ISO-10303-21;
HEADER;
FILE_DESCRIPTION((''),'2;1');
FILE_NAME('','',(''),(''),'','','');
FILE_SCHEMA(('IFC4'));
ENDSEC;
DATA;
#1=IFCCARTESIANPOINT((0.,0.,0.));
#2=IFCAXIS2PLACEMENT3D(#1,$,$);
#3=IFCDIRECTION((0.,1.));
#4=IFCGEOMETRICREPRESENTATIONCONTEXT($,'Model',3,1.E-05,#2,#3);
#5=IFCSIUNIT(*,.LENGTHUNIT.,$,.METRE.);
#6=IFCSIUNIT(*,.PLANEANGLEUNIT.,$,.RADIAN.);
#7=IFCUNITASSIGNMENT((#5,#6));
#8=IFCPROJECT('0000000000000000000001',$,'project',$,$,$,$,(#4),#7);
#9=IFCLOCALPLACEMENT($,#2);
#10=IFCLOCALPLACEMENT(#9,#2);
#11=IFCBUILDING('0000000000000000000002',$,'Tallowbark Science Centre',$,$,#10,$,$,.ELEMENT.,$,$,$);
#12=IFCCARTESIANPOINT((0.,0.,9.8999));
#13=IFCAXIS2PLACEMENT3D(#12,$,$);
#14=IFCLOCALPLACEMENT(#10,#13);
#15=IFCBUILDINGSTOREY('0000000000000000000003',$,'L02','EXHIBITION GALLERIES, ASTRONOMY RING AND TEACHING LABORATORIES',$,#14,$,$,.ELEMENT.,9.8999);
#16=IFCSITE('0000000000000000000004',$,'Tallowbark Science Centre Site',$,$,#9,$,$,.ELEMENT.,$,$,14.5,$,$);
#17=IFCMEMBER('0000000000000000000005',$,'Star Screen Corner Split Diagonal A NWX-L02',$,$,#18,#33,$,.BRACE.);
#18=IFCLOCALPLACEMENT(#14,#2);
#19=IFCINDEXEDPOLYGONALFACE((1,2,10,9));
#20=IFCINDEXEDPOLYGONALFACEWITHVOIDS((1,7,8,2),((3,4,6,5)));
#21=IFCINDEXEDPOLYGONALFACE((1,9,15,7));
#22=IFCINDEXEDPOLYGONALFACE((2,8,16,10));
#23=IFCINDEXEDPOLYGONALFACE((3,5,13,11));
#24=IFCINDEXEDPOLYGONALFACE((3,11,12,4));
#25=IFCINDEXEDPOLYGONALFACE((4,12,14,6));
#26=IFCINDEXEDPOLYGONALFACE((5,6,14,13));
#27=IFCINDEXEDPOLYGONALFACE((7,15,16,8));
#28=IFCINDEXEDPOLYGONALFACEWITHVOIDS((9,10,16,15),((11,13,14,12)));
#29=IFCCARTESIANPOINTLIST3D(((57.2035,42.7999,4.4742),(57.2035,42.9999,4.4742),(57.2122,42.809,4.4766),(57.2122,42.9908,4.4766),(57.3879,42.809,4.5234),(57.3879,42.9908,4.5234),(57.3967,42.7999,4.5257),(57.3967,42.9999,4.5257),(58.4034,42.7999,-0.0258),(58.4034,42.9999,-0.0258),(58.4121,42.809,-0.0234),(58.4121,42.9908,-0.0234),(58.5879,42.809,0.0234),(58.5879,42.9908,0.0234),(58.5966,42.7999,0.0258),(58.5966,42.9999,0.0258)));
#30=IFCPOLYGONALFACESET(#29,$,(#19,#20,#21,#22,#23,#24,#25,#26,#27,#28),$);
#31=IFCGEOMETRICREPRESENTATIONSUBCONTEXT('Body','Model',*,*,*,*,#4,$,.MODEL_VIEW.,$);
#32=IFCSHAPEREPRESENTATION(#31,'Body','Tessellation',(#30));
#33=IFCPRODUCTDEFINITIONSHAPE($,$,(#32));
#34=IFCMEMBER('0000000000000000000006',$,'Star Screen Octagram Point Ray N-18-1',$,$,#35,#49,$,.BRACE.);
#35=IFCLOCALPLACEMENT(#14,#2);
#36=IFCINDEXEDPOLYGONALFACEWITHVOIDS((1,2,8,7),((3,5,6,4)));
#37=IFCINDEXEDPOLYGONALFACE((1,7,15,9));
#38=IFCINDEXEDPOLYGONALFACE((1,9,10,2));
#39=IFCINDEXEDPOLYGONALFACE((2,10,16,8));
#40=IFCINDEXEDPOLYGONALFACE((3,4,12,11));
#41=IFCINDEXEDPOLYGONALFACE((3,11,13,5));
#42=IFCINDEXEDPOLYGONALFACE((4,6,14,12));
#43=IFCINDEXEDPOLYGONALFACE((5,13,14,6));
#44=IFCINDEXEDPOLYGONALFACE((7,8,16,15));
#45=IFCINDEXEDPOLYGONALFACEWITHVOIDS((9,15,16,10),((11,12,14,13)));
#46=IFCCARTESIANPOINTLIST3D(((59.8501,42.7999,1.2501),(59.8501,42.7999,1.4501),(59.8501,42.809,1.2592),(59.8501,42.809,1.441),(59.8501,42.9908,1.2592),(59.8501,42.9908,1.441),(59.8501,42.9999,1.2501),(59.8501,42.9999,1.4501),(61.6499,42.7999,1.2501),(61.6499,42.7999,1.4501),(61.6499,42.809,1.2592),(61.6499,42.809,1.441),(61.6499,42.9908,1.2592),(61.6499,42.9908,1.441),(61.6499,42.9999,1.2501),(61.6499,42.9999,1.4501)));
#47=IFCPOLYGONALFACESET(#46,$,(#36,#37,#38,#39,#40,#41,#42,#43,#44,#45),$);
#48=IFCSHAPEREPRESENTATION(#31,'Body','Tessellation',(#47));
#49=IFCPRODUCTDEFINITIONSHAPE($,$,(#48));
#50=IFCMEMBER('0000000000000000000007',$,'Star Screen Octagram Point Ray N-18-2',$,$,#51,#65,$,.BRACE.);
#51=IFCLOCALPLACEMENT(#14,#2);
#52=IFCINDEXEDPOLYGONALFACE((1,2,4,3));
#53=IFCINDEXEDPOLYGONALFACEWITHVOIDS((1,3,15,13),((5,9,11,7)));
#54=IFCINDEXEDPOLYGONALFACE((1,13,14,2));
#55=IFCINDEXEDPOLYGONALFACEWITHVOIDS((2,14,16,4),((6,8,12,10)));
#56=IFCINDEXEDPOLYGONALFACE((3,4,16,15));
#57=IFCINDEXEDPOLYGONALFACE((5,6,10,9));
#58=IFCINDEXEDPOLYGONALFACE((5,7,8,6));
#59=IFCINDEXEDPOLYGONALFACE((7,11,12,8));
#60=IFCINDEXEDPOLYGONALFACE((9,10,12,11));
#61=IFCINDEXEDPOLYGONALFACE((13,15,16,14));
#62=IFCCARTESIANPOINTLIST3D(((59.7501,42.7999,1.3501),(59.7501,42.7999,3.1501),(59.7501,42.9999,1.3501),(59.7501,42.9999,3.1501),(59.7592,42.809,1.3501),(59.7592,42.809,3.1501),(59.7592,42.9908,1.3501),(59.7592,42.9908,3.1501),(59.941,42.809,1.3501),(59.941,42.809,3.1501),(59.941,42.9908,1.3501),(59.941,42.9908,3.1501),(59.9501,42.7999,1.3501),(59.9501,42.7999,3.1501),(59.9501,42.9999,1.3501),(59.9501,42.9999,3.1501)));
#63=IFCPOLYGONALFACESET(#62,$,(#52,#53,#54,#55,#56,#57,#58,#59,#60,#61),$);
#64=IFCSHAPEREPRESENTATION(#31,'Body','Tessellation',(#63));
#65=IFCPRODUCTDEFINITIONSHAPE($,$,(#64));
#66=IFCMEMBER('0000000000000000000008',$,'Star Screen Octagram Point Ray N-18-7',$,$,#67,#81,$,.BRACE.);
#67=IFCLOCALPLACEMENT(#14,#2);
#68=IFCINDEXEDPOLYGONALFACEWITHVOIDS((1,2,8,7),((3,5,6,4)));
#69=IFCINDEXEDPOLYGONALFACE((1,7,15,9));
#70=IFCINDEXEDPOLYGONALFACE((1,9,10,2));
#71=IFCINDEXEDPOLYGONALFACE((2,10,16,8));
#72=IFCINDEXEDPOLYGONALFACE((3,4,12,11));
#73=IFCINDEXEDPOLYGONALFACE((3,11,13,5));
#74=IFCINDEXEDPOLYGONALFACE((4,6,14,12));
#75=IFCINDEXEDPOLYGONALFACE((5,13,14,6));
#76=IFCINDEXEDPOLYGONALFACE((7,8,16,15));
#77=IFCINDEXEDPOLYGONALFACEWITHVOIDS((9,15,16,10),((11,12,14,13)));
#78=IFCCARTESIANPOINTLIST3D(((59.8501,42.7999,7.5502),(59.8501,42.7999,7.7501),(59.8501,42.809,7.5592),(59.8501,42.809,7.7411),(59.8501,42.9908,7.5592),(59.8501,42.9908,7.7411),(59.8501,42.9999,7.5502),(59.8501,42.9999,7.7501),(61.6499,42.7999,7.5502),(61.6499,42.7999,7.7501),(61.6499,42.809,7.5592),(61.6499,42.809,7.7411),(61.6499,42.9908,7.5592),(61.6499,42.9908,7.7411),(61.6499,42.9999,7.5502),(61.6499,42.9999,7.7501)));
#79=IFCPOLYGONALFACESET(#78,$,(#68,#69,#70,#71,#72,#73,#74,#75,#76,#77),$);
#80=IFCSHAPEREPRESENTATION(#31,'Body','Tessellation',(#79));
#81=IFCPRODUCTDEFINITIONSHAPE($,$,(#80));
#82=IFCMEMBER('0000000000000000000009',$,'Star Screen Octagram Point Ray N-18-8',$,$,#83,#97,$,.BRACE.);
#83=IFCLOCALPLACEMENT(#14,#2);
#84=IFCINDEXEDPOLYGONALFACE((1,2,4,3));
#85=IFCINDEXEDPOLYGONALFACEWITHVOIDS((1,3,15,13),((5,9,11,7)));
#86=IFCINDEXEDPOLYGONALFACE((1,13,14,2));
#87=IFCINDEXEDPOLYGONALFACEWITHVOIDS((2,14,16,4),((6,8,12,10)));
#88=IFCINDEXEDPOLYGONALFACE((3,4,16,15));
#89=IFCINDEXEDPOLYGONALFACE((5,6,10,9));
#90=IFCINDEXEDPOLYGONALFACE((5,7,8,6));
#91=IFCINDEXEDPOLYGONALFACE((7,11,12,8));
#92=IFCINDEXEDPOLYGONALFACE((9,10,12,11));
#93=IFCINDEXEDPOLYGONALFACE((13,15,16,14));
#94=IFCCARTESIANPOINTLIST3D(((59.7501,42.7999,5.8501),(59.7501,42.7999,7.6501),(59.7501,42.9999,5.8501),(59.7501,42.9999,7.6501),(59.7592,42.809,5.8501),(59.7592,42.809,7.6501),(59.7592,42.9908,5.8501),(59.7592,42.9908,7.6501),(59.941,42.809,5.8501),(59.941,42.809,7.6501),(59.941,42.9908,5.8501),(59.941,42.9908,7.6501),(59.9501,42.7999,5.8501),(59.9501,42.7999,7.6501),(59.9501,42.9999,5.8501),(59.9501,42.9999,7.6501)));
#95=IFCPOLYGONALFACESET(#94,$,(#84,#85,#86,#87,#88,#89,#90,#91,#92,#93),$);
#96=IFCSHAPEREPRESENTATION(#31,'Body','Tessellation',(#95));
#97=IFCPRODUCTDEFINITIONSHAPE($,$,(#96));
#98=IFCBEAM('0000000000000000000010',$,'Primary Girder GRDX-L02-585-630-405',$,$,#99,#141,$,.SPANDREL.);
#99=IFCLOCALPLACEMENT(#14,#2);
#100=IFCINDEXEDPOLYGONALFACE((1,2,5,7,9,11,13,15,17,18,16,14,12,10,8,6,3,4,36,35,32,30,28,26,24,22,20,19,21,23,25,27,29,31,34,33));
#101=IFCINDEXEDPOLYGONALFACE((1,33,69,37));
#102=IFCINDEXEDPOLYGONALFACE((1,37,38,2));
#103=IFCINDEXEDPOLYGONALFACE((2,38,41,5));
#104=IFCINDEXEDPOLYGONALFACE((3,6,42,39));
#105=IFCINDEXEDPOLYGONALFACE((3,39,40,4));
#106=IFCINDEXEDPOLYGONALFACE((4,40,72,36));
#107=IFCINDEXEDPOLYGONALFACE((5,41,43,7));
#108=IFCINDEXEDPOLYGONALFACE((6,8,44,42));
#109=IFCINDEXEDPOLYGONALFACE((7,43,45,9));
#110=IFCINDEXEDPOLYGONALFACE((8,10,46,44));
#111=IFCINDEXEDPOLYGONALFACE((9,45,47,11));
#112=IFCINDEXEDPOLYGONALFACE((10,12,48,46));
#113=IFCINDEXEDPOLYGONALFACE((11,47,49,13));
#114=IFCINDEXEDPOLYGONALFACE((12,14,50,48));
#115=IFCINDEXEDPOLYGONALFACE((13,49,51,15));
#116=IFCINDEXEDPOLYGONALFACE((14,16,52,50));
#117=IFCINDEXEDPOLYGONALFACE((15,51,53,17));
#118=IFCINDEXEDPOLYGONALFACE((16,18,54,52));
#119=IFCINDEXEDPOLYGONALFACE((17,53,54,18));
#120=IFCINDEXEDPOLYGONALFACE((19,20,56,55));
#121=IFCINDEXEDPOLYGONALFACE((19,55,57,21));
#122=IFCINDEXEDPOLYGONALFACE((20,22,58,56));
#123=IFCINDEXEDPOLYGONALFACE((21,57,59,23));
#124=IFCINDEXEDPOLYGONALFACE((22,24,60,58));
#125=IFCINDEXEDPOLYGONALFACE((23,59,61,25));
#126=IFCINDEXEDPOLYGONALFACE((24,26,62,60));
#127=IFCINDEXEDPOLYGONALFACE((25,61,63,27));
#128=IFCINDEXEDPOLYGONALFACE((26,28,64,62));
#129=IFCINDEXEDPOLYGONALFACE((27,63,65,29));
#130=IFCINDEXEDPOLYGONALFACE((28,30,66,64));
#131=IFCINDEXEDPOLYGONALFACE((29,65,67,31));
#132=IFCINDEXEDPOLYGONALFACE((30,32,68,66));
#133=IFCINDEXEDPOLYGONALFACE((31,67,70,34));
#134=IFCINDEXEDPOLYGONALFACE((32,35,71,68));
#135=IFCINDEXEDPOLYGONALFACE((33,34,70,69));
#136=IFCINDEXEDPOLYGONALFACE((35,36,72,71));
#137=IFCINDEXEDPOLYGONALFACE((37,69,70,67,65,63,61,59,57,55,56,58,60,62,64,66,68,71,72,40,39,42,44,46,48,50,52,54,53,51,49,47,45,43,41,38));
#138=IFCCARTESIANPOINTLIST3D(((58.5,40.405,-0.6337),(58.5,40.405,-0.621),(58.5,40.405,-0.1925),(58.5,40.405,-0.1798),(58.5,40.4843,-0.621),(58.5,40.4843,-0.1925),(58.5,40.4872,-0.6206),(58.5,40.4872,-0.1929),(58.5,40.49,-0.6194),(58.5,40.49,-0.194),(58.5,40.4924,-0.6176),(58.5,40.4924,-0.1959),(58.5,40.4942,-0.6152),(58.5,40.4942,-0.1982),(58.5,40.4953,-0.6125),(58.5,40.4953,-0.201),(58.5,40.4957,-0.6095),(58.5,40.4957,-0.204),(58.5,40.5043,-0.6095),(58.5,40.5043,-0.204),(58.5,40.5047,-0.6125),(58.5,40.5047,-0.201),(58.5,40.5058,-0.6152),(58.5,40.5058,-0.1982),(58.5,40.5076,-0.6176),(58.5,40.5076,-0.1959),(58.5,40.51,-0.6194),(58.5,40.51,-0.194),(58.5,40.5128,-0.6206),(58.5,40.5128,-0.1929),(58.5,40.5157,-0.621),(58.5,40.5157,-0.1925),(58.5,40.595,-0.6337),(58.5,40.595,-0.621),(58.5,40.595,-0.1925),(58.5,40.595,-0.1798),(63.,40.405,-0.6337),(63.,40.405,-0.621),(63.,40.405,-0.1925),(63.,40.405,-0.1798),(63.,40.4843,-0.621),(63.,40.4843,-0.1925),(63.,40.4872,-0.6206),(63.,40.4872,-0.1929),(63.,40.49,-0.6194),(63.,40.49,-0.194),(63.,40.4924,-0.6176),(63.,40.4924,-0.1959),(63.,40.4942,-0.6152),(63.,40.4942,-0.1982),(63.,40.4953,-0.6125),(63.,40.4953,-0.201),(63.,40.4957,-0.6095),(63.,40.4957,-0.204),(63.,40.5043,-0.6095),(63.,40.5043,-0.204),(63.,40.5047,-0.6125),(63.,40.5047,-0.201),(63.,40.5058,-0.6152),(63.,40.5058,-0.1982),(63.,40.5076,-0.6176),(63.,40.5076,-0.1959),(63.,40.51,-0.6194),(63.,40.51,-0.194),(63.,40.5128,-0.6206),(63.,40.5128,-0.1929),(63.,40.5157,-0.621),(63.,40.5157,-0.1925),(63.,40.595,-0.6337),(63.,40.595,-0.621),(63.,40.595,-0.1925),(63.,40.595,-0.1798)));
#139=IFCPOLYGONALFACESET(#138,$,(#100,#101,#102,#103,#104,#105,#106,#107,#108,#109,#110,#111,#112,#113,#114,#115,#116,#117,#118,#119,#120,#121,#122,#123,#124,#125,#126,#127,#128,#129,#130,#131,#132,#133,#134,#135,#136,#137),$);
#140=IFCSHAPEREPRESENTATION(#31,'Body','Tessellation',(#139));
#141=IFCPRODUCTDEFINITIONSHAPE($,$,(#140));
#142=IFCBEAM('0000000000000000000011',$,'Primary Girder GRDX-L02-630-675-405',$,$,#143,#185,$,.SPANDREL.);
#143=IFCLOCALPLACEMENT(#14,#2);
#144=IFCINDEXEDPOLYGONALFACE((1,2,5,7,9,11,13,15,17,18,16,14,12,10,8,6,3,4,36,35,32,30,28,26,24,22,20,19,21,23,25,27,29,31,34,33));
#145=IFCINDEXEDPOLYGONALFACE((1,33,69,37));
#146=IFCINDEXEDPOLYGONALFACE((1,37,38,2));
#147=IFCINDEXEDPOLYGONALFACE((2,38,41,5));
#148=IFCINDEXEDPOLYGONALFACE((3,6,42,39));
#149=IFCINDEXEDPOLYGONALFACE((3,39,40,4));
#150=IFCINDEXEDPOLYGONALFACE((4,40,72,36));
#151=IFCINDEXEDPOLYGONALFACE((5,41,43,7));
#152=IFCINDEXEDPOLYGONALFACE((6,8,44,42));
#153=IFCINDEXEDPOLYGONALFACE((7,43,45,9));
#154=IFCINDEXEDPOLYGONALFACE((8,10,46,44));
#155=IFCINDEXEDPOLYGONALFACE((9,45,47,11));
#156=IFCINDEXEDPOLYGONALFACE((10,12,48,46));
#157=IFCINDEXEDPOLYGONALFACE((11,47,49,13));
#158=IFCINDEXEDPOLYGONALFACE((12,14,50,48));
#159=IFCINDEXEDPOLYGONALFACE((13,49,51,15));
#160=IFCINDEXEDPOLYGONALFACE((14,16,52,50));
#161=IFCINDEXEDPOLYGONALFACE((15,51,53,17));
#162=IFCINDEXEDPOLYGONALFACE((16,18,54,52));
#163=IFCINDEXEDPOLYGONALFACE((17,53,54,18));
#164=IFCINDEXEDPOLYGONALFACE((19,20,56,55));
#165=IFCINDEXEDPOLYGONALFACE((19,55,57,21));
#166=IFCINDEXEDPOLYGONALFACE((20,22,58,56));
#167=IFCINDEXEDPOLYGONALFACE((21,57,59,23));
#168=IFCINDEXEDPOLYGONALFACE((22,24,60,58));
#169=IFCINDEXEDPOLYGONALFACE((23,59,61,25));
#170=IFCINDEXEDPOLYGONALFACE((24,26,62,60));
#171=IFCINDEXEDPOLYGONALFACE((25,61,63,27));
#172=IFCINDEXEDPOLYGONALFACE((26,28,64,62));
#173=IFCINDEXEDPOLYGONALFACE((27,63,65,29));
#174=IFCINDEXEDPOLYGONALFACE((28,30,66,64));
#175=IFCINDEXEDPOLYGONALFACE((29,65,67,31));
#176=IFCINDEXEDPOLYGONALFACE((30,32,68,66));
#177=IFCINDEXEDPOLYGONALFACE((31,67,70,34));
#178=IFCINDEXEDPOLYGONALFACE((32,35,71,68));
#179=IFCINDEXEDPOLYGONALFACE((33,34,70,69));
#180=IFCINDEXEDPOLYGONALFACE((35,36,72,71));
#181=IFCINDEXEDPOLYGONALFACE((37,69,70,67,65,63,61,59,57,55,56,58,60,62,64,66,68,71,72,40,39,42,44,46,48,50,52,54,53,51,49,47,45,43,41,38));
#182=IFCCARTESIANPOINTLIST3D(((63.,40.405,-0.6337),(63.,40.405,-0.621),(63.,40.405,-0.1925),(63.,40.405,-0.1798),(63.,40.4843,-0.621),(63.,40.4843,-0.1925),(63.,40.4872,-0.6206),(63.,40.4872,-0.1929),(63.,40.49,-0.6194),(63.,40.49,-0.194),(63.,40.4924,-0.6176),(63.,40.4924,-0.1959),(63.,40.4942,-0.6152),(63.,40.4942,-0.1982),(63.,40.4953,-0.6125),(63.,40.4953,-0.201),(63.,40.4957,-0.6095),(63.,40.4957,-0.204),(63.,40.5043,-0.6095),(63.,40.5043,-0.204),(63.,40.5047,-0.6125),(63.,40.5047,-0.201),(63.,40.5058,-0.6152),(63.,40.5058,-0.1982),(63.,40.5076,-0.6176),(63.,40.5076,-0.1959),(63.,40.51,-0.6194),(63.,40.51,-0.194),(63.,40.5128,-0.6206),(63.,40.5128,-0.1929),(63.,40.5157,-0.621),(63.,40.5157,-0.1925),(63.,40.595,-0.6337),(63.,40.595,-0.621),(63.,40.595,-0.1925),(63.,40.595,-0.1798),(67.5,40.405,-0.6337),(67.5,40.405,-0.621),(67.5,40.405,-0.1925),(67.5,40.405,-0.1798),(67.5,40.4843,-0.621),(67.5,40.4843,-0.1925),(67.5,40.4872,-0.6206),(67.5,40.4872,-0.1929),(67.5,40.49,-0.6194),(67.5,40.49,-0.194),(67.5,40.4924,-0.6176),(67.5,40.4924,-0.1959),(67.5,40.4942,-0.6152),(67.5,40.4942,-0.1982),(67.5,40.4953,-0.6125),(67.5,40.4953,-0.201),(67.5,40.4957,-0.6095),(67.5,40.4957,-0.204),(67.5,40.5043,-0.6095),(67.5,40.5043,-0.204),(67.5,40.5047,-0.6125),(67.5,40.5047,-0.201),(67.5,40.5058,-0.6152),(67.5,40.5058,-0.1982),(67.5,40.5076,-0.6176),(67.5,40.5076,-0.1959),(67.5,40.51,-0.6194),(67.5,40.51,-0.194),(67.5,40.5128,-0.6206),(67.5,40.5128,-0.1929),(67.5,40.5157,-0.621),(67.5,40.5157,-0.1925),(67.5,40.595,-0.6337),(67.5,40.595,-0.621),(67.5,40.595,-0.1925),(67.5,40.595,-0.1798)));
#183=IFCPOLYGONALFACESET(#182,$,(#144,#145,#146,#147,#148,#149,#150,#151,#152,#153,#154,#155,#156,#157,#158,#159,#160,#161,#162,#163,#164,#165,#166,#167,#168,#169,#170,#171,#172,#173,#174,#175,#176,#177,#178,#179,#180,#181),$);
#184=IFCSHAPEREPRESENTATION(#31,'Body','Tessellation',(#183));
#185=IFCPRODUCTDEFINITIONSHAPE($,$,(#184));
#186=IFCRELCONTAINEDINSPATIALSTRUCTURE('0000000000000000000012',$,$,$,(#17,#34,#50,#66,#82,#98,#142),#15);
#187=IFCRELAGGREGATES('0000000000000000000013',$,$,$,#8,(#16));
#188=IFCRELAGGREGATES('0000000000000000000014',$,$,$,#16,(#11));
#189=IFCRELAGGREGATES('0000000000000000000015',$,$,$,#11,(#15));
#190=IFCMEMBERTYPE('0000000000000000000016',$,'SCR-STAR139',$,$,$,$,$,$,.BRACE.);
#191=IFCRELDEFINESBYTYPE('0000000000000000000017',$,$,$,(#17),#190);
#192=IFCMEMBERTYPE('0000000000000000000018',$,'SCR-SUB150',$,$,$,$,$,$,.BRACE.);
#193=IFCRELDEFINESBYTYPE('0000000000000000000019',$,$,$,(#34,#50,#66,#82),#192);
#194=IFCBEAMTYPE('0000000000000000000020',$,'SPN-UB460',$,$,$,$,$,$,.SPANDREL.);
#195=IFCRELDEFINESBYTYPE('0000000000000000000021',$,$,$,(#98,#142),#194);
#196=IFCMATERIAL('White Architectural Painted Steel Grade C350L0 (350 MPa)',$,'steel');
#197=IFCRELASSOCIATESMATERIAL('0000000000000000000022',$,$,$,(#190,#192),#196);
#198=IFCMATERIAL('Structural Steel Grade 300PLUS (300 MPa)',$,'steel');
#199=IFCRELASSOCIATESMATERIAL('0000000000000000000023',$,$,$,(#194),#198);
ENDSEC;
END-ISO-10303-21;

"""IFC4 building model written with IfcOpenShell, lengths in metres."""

from ifc_helpers import new_model, si_unit, direction, frame, origin, origin_2d, place, context, subcontext, project, spatial, hollow_rectangle, i_section, extrude, material, material_profile, profile_set, type_object, element, save


model = new_model("IFC4")

# Units and contexts
model_context = context("Model", 3, precision=1e-05, world=origin(), true_north=direction((0.0, 1.0)))
body_context = subcontext(model_context, "Body", "Model", "MODEL_VIEW")
ifc_project = project(units=[si_unit("LENGTHUNIT", "METRE"), si_unit("PLANEANGLEUNIT", "RADIAN")], contexts=[model_context])

# Site, building, storey
site_placement = place(None, origin())
site = spatial("IfcSite", under=ifc_project, at=site_placement, Name="Tallowbark Science Centre Site", CompositionType="ELEMENT", RefElevation=14.5)
building_placement = place(site_placement, origin())
building = spatial("IfcBuilding", under=site, at=building_placement, Name="Tallowbark Science Centre", CompositionType="ELEMENT")
storey_placement = place(building_placement, frame((0.0, 0.0, 9.8999)))
storey = spatial("IfcBuildingStorey", under=building, at=storey_placement, Name="L02", Description="EXHIBITION GALLERIES, ASTRONOMY RING AND TEACHING LABORATORIES", CompositionType="ELEMENT", Elevation=9.8999)

# Shared definitions
ifc_material_1 = material(Name="White Architectural Painted Steel Grade C350L0 (350 MPa)", Category="steel")
ifc_material_2 = material(Name="Structural Steel Grade 300PLUS (300 MPa)", Category="steel")

# Members
ifc_material_profile_1 = material_profile(ifc_material_1, hollow_rectangle(XDim=0.2, YDim=0.2, WallThickness=0.009, at=origin_2d()), Name="200x200x9.0SHS")
ifc_profile_set_1 = profile_set([ifc_material_profile_1], Name="White Architectural Painted Steel Grade C350L0 (350 MPa)")
member_type_1 = type_object("IfcMemberType", Name="SCR-STAR139", PredefinedType="BRACE", material=ifc_profile_set_1)
member_1_placement = place(storey_placement, frame((58.5, 42.8999, 0.0), z_axis=(-0.257653, 0.0, 0.966238), x_axis=(0.0, -1.0, 0.0)))
element("IfcMember", 1, at=member_1_placement, inside=storey, type_object=member_type_1, Name="Star Screen Corner Split Diagonal A NWX-L02", PredefinedType="BRACE", context=body_context, shape_type="SweptSolid", body=[
    extrude(hollow_rectangle(XDim=0.2, YDim=0.2, WallThickness=0.009, at=origin_2d()), origin(), (0.0, 0.0, 1.0), 4.6572),
])
ifc_material_profile_2 = material_profile(ifc_material_1, hollow_rectangle(XDim=0.2, YDim=0.2, WallThickness=0.009, at=origin_2d()), Name="200x200x9.0SHS")
ifc_profile_set_2 = profile_set([ifc_material_profile_2], Name="White Architectural Painted Steel Grade C350L0 (350 MPa)")
member_type_2 = type_object("IfcMemberType", Name="SCR-SUB150", PredefinedType="BRACE", material=ifc_profile_set_2)
member_2_placement = place(storey_placement, frame((59.8501, 42.8999, 1.3501), z_axis=(1.0, 0.0, 0.0), x_axis=(0.0, 1.0, 0.0)))
element("IfcMember", 2, at=member_2_placement, inside=storey, type_object=member_type_2, Name="Star Screen Octagram Point Ray N-18-1", PredefinedType="BRACE", context=body_context, shape_type="SweptSolid", body=[
    extrude(hollow_rectangle(XDim=0.2, YDim=0.2, WallThickness=0.009, at=origin_2d()), origin(), (0.0, 0.0, 1.0), 1.7998),
])
member_3_placement = place(storey_placement, frame((59.8501, 42.8999, 1.3501), z_axis=(0.0, 0.0, 1.0), x_axis=(1.0, 0.0, 0.0)))
element("IfcMember", 3, at=member_3_placement, inside=storey, type_object=member_type_2, Name="Star Screen Octagram Point Ray N-18-2", PredefinedType="BRACE", context=body_context, shape_type="SweptSolid", body=[
    extrude(hollow_rectangle(XDim=0.2, YDim=0.2, WallThickness=0.009, at=origin_2d()), origin(), (0.0, 0.0, 1.0), 1.8),
])
member_4_placement = place(storey_placement, frame((59.8501, 42.8999, 7.6501), z_axis=(1.0, 0.0, 0.0), x_axis=(0.0, 1.0, 0.0)))
element("IfcMember", 4, at=member_4_placement, inside=storey, type_object=member_type_2, Name="Star Screen Octagram Point Ray N-18-7", PredefinedType="BRACE", context=body_context, shape_type="SweptSolid", body=[
    extrude(hollow_rectangle(XDim=0.2, YDim=0.2, WallThickness=0.009, at=origin_2d()), origin(), (0.0, 0.0, 1.0), 1.7998),
])
member_5_placement = place(storey_placement, frame((59.8501, 42.8999, 7.6501), z_axis=(0.0, 0.0, -1.0), x_axis=(1.0, 0.0, 0.0)))
element("IfcMember", 5, at=member_5_placement, inside=storey, type_object=member_type_2, Name="Star Screen Octagram Point Ray N-18-8", PredefinedType="BRACE", context=body_context, shape_type="SweptSolid", body=[
    extrude(hollow_rectangle(XDim=0.2, YDim=0.2, WallThickness=0.009, at=origin_2d()), origin(), (0.0, 0.0, 1.0), 1.8),
])

# Beams
ifc_material_profile_3 = material_profile(ifc_material_2, i_section(OverallWidth=0.1899, OverallDepth=0.4539, WebThickness=0.0085, FlangeThickness=0.0127, FilletRadius=0.0115, at=origin_2d()), Name="460UB67.1")
ifc_profile_set_3 = profile_set([ifc_material_profile_3], Name="Structural Steel Grade 300PLUS (300 MPa)")
beam_type_1 = type_object("IfcBeamType", Name="SPN-UB460", PredefinedType="SPANDREL", material=ifc_profile_set_3)
for number, where, z_axis, x_axis, name in (
    (6, (58.5, 40.5, -0.4067), (1.0, 0.0, 0.0), (0.0, 1.0, 0.0), "Primary Girder GRDX-L02-585-630-405"),
    (7, (63.0, 40.5, -0.4067), (1.0, 0.0, 0.0), (0.0, 1.0, 0.0), "Primary Girder GRDX-L02-630-675-405"),
):
    element("IfcBeam", number, at=place(storey_placement, frame(where, z_axis=z_axis, x_axis=x_axis)), inside=storey, type_object=beam_type_1, Name=name, PredefinedType="SPANDREL", context=body_context, shape_type="SweptSolid", body=[
        extrude(i_section(OverallWidth=0.1899, OverallDepth=0.4539, WebThickness=0.0085, FlangeThickness=0.0127, FilletRadius=0.0115, at=origin_2d()), origin(), (0.0, 0.0, 1.0), 4.5),
    ])

save(model, "model.ifc")
